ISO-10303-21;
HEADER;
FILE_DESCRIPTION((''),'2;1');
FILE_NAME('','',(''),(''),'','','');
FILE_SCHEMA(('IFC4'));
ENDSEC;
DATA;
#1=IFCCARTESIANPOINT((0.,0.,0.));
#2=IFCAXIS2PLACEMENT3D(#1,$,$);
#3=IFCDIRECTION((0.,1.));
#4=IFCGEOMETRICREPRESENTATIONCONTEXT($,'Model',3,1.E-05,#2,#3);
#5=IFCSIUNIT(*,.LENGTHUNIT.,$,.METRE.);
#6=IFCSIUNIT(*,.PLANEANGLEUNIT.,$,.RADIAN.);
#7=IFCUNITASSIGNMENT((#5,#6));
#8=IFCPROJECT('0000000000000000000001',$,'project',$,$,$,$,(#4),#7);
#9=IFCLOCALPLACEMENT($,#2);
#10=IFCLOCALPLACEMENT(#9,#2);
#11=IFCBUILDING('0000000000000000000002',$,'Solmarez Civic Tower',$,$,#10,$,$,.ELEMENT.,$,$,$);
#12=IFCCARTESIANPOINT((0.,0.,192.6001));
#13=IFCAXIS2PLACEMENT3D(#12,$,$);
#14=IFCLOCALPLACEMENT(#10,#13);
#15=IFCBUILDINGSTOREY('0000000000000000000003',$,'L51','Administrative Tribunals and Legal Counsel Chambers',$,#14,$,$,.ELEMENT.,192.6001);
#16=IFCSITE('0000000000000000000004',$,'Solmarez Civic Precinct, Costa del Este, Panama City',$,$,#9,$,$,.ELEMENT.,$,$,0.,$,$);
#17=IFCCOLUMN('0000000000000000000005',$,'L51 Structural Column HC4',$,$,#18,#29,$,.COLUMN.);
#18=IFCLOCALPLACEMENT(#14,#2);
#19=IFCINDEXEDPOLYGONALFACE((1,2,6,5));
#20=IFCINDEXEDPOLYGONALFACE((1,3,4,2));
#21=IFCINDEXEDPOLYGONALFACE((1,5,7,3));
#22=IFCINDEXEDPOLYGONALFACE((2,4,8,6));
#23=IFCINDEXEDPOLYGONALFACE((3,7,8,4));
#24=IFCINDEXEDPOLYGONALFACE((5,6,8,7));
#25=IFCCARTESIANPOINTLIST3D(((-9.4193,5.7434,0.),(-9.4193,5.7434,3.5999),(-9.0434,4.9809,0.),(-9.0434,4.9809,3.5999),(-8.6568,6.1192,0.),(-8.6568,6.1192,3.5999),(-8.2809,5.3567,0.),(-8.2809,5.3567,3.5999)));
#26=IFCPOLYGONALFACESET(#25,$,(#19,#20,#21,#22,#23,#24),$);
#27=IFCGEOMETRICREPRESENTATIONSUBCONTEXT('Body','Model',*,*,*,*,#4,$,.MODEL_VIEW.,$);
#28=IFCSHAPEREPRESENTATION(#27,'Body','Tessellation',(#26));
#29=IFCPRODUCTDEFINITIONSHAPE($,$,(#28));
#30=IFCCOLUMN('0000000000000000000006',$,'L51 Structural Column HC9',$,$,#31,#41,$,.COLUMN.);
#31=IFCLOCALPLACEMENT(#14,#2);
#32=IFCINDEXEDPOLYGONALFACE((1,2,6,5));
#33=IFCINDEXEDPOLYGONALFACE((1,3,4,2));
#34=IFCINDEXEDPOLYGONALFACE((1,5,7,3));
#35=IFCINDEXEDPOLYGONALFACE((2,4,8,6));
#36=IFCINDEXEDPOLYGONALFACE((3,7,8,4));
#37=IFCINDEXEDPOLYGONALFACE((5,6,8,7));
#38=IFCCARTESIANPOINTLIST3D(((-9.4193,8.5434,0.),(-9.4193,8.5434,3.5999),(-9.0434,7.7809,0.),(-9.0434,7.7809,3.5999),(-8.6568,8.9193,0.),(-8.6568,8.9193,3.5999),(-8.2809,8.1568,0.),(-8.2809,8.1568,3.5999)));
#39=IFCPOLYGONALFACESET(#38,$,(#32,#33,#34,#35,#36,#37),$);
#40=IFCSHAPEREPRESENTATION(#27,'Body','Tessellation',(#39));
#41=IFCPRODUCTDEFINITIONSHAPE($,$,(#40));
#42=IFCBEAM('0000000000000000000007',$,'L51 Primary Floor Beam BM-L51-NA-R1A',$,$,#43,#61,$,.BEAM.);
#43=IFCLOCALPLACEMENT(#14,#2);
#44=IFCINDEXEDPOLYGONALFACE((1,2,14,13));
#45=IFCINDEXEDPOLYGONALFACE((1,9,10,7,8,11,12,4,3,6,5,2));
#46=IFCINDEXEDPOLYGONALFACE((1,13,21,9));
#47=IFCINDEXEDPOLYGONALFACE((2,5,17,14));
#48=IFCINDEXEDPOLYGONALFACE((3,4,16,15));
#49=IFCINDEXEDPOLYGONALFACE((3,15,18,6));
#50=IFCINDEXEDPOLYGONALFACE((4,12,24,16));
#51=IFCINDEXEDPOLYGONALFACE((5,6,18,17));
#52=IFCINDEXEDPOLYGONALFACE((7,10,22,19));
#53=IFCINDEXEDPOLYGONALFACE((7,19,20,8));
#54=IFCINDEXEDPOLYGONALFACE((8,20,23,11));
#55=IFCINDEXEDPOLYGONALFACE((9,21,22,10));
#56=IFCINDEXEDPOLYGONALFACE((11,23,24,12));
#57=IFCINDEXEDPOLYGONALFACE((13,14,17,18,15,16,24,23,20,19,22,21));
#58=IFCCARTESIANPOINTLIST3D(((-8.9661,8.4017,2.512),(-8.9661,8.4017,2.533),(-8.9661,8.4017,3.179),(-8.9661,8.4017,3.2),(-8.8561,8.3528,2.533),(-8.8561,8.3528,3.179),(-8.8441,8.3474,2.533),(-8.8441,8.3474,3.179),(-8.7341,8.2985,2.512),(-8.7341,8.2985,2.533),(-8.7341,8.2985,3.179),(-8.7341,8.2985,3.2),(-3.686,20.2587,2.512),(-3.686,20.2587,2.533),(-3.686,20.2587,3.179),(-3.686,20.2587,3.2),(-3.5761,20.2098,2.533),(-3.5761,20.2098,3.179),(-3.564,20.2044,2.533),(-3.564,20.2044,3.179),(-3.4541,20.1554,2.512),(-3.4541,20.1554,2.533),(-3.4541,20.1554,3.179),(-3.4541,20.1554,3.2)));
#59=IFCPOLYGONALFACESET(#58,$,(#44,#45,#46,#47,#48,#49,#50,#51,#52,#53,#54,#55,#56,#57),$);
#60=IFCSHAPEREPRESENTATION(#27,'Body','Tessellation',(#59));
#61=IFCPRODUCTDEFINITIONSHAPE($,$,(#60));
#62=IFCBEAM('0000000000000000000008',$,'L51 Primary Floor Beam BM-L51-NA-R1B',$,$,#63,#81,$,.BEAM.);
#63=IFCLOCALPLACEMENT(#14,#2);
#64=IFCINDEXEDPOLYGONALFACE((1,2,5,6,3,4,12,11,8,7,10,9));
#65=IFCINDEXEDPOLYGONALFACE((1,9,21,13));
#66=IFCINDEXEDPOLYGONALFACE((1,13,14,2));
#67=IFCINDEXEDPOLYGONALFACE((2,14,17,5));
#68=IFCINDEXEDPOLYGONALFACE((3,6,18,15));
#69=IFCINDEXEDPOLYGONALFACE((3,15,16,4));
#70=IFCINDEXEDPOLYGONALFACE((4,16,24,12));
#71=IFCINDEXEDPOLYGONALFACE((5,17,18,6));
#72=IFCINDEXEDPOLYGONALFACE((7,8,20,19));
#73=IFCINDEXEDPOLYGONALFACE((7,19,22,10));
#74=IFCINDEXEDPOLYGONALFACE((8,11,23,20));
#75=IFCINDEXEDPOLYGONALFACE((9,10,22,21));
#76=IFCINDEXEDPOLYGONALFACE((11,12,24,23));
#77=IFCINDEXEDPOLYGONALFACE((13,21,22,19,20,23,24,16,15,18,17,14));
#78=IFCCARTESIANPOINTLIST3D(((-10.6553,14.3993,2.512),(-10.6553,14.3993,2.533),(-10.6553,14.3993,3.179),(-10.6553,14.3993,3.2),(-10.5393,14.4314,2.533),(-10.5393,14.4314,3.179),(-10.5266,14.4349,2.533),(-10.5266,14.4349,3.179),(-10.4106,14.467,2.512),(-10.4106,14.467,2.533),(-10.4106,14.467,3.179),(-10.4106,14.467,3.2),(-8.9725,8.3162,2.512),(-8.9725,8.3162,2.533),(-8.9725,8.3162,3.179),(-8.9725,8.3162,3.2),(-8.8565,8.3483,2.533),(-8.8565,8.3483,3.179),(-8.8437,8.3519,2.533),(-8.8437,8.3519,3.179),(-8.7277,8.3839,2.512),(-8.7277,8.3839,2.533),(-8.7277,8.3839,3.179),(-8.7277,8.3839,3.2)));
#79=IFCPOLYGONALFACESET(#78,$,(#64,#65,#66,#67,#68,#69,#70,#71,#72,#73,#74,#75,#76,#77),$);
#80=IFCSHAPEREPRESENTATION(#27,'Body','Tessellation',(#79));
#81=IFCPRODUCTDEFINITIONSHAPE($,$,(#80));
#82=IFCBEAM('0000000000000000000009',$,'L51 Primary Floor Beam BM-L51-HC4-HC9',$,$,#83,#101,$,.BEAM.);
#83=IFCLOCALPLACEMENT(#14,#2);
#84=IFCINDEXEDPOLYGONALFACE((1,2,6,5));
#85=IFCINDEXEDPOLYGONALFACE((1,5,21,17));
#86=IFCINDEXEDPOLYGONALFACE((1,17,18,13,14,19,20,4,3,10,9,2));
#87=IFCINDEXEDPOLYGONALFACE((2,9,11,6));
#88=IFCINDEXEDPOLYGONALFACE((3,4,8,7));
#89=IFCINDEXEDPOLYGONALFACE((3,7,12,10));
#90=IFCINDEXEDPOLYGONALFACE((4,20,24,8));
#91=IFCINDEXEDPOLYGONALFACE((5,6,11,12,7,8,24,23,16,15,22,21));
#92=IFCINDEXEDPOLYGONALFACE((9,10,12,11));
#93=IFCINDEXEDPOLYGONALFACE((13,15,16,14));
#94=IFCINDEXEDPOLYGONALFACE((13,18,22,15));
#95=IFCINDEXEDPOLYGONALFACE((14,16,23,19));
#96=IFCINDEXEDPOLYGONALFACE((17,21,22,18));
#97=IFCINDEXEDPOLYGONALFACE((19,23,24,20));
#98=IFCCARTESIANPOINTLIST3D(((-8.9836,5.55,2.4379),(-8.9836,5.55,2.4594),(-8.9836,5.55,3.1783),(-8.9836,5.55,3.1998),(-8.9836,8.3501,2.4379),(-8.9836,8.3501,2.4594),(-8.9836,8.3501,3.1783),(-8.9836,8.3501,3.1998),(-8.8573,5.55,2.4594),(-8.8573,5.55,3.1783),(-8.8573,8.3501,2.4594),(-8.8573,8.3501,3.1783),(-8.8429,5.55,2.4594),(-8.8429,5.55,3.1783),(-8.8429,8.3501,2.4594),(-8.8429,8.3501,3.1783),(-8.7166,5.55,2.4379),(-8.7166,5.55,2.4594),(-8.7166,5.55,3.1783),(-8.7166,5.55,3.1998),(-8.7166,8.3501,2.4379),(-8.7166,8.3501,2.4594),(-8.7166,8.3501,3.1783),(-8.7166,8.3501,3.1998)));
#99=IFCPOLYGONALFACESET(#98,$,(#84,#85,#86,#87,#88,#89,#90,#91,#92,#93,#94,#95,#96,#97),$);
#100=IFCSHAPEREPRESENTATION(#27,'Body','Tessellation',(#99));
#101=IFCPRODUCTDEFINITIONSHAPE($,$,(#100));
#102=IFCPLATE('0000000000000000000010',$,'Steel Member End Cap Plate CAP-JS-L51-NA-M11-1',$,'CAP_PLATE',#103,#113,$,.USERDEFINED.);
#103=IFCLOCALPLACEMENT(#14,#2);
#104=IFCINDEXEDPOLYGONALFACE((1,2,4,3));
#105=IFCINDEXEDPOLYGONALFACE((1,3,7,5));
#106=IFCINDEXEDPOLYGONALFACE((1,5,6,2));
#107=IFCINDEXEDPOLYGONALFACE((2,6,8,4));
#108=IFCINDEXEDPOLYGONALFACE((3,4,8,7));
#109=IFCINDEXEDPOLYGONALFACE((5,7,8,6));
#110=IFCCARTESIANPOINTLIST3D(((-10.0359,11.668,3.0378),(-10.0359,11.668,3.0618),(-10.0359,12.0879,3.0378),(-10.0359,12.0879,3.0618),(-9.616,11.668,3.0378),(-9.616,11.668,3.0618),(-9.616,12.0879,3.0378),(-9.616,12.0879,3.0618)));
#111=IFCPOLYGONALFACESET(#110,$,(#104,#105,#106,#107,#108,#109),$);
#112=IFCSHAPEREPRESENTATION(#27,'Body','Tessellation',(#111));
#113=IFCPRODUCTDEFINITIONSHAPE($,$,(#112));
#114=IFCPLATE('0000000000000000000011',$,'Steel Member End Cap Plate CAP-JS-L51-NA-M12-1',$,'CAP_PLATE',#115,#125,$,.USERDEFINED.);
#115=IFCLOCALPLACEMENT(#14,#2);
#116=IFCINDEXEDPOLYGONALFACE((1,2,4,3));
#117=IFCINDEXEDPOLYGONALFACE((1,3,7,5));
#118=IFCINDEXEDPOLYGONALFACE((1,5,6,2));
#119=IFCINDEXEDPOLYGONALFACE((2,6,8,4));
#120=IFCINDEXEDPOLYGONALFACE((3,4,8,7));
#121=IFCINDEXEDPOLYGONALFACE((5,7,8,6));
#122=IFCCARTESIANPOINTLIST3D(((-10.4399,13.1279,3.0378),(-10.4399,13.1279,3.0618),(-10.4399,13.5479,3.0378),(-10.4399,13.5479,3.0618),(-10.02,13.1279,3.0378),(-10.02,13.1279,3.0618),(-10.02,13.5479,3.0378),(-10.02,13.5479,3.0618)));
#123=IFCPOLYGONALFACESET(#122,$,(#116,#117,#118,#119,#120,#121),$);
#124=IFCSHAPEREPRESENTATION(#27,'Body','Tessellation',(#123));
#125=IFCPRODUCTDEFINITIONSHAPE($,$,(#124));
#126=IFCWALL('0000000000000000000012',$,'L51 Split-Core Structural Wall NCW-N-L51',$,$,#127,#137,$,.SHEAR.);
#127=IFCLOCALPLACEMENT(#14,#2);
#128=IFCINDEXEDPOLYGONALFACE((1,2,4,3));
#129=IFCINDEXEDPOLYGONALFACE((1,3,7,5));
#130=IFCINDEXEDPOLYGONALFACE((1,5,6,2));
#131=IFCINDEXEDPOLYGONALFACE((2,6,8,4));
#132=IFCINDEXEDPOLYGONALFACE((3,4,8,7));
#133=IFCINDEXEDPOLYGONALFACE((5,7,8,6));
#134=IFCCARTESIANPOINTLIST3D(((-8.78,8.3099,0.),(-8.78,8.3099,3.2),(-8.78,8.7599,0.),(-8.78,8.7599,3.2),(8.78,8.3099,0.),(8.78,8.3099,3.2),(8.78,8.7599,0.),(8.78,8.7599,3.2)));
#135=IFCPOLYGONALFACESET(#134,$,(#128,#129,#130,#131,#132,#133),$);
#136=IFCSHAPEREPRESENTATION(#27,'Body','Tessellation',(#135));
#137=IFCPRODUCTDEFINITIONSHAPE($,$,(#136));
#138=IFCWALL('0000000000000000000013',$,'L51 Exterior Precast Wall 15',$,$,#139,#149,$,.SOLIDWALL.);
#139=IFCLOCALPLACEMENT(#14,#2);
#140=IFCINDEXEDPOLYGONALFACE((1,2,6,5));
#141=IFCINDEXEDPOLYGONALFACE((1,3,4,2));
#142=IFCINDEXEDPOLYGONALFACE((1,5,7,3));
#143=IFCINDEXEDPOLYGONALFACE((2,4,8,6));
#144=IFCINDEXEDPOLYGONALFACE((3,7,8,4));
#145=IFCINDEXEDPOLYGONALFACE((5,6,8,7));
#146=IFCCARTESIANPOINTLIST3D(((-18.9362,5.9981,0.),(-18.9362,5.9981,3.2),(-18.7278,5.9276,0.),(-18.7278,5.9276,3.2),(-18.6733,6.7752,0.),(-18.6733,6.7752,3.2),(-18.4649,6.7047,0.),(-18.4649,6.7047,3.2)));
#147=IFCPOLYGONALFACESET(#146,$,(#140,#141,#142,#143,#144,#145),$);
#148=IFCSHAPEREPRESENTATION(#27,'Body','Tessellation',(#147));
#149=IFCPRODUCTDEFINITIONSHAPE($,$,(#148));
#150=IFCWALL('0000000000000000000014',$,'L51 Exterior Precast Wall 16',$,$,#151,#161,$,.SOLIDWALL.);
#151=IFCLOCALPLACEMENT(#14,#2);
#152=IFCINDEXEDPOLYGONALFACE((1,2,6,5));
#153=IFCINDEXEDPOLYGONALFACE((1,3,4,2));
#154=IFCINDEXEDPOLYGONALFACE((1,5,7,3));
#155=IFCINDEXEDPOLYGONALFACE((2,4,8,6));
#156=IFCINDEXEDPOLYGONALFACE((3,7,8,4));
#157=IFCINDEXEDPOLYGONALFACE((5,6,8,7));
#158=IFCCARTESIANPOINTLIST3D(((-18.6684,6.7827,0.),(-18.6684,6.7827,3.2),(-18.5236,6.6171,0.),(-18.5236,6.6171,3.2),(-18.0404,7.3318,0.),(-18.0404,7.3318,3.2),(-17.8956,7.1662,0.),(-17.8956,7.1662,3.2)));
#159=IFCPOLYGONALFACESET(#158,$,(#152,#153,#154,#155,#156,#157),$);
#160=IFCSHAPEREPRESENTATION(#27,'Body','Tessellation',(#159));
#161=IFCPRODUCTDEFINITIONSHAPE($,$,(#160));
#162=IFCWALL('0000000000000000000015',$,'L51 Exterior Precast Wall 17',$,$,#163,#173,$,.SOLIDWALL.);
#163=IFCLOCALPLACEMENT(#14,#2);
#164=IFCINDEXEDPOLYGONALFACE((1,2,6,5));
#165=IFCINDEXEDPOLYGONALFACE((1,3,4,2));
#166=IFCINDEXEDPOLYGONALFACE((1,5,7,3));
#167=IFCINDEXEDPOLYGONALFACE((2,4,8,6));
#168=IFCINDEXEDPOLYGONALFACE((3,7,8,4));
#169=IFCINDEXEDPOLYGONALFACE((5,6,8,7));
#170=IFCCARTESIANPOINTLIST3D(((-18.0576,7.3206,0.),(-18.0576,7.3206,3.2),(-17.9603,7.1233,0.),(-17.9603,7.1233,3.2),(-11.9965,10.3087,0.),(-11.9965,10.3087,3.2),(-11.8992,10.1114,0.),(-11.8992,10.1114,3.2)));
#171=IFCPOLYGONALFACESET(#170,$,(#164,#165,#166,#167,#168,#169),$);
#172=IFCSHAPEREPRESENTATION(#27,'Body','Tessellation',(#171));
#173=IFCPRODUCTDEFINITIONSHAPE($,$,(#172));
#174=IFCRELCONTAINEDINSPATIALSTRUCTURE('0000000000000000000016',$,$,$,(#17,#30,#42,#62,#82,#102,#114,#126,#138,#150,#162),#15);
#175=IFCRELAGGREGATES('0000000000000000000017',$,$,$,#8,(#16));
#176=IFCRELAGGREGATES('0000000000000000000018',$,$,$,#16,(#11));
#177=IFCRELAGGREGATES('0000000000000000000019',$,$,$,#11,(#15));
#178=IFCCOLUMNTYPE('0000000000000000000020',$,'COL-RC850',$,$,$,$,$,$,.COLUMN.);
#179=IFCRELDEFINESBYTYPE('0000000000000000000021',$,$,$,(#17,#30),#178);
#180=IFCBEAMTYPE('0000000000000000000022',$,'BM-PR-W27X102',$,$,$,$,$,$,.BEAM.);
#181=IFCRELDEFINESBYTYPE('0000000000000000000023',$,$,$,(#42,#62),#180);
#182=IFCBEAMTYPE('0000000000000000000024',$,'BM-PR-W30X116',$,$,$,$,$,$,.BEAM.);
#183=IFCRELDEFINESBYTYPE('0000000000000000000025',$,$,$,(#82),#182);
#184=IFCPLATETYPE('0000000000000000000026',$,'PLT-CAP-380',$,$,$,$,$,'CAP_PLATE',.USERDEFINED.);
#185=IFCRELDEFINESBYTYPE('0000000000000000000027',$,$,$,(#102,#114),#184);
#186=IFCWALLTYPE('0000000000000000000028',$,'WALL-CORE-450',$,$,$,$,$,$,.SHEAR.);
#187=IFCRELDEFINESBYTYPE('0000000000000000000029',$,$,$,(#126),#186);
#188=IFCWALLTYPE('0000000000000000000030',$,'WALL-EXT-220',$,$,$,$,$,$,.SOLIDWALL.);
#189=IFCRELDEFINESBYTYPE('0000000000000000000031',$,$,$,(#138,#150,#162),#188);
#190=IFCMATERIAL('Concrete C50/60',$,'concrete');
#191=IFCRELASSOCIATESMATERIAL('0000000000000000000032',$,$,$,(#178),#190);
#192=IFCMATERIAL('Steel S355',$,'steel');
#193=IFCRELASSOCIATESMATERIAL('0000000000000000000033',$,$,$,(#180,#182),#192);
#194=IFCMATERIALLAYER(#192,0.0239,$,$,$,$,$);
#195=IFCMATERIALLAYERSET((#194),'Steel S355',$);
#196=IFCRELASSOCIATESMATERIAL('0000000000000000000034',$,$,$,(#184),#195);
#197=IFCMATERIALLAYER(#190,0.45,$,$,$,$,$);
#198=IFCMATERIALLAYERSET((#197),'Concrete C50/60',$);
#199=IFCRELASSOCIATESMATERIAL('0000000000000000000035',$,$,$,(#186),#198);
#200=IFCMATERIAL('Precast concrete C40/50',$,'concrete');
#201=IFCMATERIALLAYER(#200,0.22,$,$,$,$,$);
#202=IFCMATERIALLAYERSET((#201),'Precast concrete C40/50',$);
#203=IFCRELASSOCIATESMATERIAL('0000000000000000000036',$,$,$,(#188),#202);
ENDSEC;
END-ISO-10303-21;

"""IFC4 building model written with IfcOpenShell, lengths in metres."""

from ifc_helpers import new_model, si_unit, direction, frame, frame_2d, origin, origin_2d, place, context, subcontext, project, spatial, rectangle, i_section, extrude, material, layer, layer_set, material_profile, profile_set, type_object, element, save


model = new_model("IFC4")

# Units and contexts
model_context = context("Model", 3, precision=1e-05, world=origin(), true_north=direction((0.0, 1.0)))
body_context = subcontext(model_context, "Body", "Model", "MODEL_VIEW")
ifc_project = project(units=[si_unit("LENGTHUNIT", "METRE"), si_unit("PLANEANGLEUNIT", "RADIAN")], contexts=[model_context])

# Site, building, storey
site_placement = place(None, origin())
site = spatial("IfcSite", under=ifc_project, at=site_placement, Name="Solmarez Civic Precinct, Costa del Este, Panama City", CompositionType="ELEMENT", RefElevation=0.0)
building_placement = place(site_placement, origin())
building = spatial("IfcBuilding", under=site, at=building_placement, Name="Solmarez Civic Tower", CompositionType="ELEMENT")
storey_placement = place(building_placement, frame((0.0, 0.0, 192.6001)))
storey = spatial("IfcBuildingStorey", under=building, at=storey_placement, Name="L51", Description="Administrative Tribunals and Legal Counsel Chambers", CompositionType="ELEMENT", Elevation=192.6001)

# Columns
ifc_material_1 = material(Name="Concrete C50/60", Category="concrete")
ifc_material_profile_1 = material_profile(ifc_material_1, rectangle(XDim=0.8501, YDim=0.8501, at=origin_2d()), Name="RC850X850")
ifc_profile_set_1 = profile_set([ifc_material_profile_1], Name="Concrete C50/60")
column_type = type_object("IfcColumnType", Name="COL-RC850", PredefinedType="COLUMN", material=ifc_profile_set_1)
for number, where, z_axis, x_axis, name in (
    (1, (-8.8501, 5.55, 0.0), (0.0, 0.0, 1.0), (0.89695, 0.442132, 0.0), "L51 Structural Column HC4"),
    (2, (-8.8501, 8.3501, 0.0), (0.0, 0.0, 1.0), (0.89695, 0.442132, 0.0), "L51 Structural Column HC9"),
):
    element("IfcColumn", number, at=place(storey_placement, frame(where, z_axis=z_axis, x_axis=x_axis)), inside=storey, type_object=column_type, Name=name, PredefinedType="COLUMN", context=body_context, shape_type="SweptSolid", body=[
        extrude(rectangle(XDim=0.8501, YDim=0.8501, at=origin_2d()), origin(), (0.0, 0.0, 1.0), 3.5999),
    ])

# Beams
ifc_material_2 = material(Name="Steel S355", Category="steel")
ifc_material_profile_2 = material_profile(ifc_material_2, i_section(OverallWidth=0.2539, OverallDepth=0.688, WebThickness=0.0132, FlangeThickness=0.021, at=origin_2d()), Name="W27X102")
ifc_profile_set_2 = profile_set([ifc_material_profile_2], Name="Steel S355")
beam_type_1 = type_object("IfcBeamType", Name="BM-PR-W27X102", PredefinedType="BEAM", material=ifc_profile_set_2)
beam_1_placement = place(storey_placement, frame((-8.8501, 8.3501, 2.856), z_axis=(0.4068, 0.913517, 0.0), x_axis=(-0.913517, 0.4068, 0.0)))
element("IfcBeam", 3, at=beam_1_placement, inside=storey, type_object=beam_type_1, Name="L51 Primary Floor Beam BM-L51-NA-R1A", PredefinedType="BEAM", context=body_context, shape_type="SweptSolid", body=[
    extrude(i_section(OverallWidth=0.2539, OverallDepth=0.688, WebThickness=0.0132, FlangeThickness=0.021, at=origin_2d()), origin(), (0.0, 0.0, 1.0), 12.9795),
])
beam_2_placement = place(storey_placement, frame((-8.8501, 8.3501, 2.856), z_axis=(-0.266634, 0.963798, 0.0), x_axis=(-0.963798, -0.266634, 0.0)))
element("IfcBeam", 4, at=beam_2_placement, inside=storey, type_object=beam_type_1, Name="L51 Primary Floor Beam BM-L51-NA-R1B", PredefinedType="BEAM", context=body_context, shape_type="SweptSolid", body=[
    extrude(i_section(OverallWidth=0.2539, OverallDepth=0.688, WebThickness=0.0132, FlangeThickness=0.021, at=origin_2d()), origin(), (0.0, 0.0, 1.0), 6.3115),
])
ifc_material_profile_3 = material_profile(ifc_material_2, i_section(OverallWidth=0.2671, OverallDepth=0.762, WebThickness=0.0144, FlangeThickness=0.0215, at=origin_2d()), Name="W30X116")
ifc_profile_set_3 = profile_set([ifc_material_profile_3], Name="Steel S355")
beam_type_2 = type_object("IfcBeamType", Name="BM-PR-W30X116", PredefinedType="BEAM", material=ifc_profile_set_3)
beam_3_placement = place(storey_placement, frame((-8.8501, 5.55, 2.8188), z_axis=(0.0, 1.0, 0.0), x_axis=(-1.0, 0.0, 0.0)))
element("IfcBeam", 5, at=beam_3_placement, inside=storey, type_object=beam_type_2, Name="L51 Primary Floor Beam BM-L51-HC4-HC9", PredefinedType="BEAM", context=body_context, shape_type="SweptSolid", body=[
    extrude(i_section(OverallWidth=0.2671, OverallDepth=0.762, WebThickness=0.0144, FlangeThickness=0.0215, at=origin_2d()), origin(), (0.0, 0.0, 1.0), 2.8),
])

# Plates
ifc_layer_1 = layer(ifc_material_2, 0.0239)
ifc_layer_set_1 = layer_set([ifc_layer_1], Name="Steel S355")
plate_type = type_object("IfcPlateType", Name="PLT-CAP-380", ElementType="CAP_PLATE", PredefinedType="USERDEFINED", material=ifc_layer_set_1)
for number, where, z_axis, x_axis, name in (
    (6, (-9.8259, 11.8779, 3.0378), (0.0, 0.0, 1.0), (1.0, 0.0, 0.0), "Steel Member End Cap Plate CAP-JS-L51-NA-M11-1"),
    (7, (-10.23, 13.3379, 3.0378), (0.0, 0.0, 1.0), (1.0, 0.0, 0.0), "Steel Member End Cap Plate CAP-JS-L51-NA-M12-1"),
):
    element("IfcPlate", number, at=place(storey_placement, frame(where, z_axis=z_axis, x_axis=x_axis)), inside=storey, type_object=plate_type, Name=name, ObjectType="CAP_PLATE", PredefinedType="USERDEFINED", context=body_context, shape_type="SweptSolid", body=[
        extrude(rectangle(XDim=0.4199, YDim=0.4199, at=origin_2d()), origin(), (0.0, 0.0, 1.0), 0.0239),
    ])

# Walls
ifc_layer_2 = layer(ifc_material_1, 0.45)
ifc_layer_set_2 = layer_set([ifc_layer_2], Name="Concrete C50/60")
wall_type_1 = type_object("IfcWallType", Name="WALL-CORE-450", PredefinedType="SHEAR", material=ifc_layer_set_2)
wall_1_placement = place(storey_placement, frame((-8.78, 8.5349, 0.0), z_axis=(0.0, 0.0, 1.0), x_axis=(1.0, 0.0, 0.0)))
element("IfcWall", 8, at=wall_1_placement, inside=storey, type_object=wall_type_1, Name="L51 Split-Core Structural Wall NCW-N-L51", PredefinedType="SHEAR", context=body_context, shape_type="SweptSolid", body=[
    extrude(rectangle(XDim=17.5601, YDim=0.45, at=frame_2d((8.78, 0.0))), origin(), (0.0, 0.0, 1.0), 3.2),
])
ifc_material_3 = material(Name="Precast concrete C40/50", Category="concrete")
ifc_layer_3 = layer(ifc_material_3, 0.22)
ifc_layer_set_3 = layer_set([ifc_layer_3], Name="Precast concrete C40/50")
wall_type_2 = type_object("IfcWallType", Name="WALL-EXT-220", PredefinedType="SOLIDWALL", material=ifc_layer_set_3)
wall_2_placement = place(storey_placement, frame((-18.832, 5.9629, 0.0), z_axis=(0.0, 0.0, 1.0), x_axis=(0.32051, 0.947245, 0.0)))
element("IfcWall", 9, at=wall_2_placement, inside=storey, type_object=wall_type_2, Name="L51 Exterior Precast Wall 15", PredefinedType="SOLIDWALL", context=body_context, shape_type="SweptSolid", body=[
    extrude(rectangle(XDim=0.8203, YDim=0.22, at=frame_2d((0.4102, 0.0))), origin(), (0.0, 0.0, 1.0), 3.2),
])
wall_3_placement = place(storey_placement, frame((-18.5959, 6.7, 0.0), z_axis=(0.0, 0.0, 1.0), x_axis=(0.752794, 0.658256, 0.0)))
element("IfcWall", 10, at=wall_3_placement, inside=storey, type_object=wall_type_2, Name="L51 Exterior Precast Wall 16", PredefinedType="SOLIDWALL", context=body_context, shape_type="SweptSolid", body=[
    extrude(rectangle(XDim=0.8342, YDim=0.22, at=frame_2d((0.417, 0.0))), origin(), (0.0, 0.0, 1.0), 3.2),
])
wall_4_placement = place(storey_placement, frame((-18.009, 7.2219, 0.0), z_axis=(0.0, 0.0, 1.0), x_axis=(0.896928, 0.442177, 0.0)))
element("IfcWall", 11, at=wall_4_placement, inside=storey, type_object=wall_type_2, Name="L51 Exterior Precast Wall 17", PredefinedType="SOLIDWALL", context=body_context, shape_type="SweptSolid", body=[
    extrude(rectangle(XDim=6.7576, YDim=0.22, at=frame_2d((3.3789, 0.0))), origin(), (0.0, 0.0, 1.0), 3.2),
])

save(model, "model.ifc")
